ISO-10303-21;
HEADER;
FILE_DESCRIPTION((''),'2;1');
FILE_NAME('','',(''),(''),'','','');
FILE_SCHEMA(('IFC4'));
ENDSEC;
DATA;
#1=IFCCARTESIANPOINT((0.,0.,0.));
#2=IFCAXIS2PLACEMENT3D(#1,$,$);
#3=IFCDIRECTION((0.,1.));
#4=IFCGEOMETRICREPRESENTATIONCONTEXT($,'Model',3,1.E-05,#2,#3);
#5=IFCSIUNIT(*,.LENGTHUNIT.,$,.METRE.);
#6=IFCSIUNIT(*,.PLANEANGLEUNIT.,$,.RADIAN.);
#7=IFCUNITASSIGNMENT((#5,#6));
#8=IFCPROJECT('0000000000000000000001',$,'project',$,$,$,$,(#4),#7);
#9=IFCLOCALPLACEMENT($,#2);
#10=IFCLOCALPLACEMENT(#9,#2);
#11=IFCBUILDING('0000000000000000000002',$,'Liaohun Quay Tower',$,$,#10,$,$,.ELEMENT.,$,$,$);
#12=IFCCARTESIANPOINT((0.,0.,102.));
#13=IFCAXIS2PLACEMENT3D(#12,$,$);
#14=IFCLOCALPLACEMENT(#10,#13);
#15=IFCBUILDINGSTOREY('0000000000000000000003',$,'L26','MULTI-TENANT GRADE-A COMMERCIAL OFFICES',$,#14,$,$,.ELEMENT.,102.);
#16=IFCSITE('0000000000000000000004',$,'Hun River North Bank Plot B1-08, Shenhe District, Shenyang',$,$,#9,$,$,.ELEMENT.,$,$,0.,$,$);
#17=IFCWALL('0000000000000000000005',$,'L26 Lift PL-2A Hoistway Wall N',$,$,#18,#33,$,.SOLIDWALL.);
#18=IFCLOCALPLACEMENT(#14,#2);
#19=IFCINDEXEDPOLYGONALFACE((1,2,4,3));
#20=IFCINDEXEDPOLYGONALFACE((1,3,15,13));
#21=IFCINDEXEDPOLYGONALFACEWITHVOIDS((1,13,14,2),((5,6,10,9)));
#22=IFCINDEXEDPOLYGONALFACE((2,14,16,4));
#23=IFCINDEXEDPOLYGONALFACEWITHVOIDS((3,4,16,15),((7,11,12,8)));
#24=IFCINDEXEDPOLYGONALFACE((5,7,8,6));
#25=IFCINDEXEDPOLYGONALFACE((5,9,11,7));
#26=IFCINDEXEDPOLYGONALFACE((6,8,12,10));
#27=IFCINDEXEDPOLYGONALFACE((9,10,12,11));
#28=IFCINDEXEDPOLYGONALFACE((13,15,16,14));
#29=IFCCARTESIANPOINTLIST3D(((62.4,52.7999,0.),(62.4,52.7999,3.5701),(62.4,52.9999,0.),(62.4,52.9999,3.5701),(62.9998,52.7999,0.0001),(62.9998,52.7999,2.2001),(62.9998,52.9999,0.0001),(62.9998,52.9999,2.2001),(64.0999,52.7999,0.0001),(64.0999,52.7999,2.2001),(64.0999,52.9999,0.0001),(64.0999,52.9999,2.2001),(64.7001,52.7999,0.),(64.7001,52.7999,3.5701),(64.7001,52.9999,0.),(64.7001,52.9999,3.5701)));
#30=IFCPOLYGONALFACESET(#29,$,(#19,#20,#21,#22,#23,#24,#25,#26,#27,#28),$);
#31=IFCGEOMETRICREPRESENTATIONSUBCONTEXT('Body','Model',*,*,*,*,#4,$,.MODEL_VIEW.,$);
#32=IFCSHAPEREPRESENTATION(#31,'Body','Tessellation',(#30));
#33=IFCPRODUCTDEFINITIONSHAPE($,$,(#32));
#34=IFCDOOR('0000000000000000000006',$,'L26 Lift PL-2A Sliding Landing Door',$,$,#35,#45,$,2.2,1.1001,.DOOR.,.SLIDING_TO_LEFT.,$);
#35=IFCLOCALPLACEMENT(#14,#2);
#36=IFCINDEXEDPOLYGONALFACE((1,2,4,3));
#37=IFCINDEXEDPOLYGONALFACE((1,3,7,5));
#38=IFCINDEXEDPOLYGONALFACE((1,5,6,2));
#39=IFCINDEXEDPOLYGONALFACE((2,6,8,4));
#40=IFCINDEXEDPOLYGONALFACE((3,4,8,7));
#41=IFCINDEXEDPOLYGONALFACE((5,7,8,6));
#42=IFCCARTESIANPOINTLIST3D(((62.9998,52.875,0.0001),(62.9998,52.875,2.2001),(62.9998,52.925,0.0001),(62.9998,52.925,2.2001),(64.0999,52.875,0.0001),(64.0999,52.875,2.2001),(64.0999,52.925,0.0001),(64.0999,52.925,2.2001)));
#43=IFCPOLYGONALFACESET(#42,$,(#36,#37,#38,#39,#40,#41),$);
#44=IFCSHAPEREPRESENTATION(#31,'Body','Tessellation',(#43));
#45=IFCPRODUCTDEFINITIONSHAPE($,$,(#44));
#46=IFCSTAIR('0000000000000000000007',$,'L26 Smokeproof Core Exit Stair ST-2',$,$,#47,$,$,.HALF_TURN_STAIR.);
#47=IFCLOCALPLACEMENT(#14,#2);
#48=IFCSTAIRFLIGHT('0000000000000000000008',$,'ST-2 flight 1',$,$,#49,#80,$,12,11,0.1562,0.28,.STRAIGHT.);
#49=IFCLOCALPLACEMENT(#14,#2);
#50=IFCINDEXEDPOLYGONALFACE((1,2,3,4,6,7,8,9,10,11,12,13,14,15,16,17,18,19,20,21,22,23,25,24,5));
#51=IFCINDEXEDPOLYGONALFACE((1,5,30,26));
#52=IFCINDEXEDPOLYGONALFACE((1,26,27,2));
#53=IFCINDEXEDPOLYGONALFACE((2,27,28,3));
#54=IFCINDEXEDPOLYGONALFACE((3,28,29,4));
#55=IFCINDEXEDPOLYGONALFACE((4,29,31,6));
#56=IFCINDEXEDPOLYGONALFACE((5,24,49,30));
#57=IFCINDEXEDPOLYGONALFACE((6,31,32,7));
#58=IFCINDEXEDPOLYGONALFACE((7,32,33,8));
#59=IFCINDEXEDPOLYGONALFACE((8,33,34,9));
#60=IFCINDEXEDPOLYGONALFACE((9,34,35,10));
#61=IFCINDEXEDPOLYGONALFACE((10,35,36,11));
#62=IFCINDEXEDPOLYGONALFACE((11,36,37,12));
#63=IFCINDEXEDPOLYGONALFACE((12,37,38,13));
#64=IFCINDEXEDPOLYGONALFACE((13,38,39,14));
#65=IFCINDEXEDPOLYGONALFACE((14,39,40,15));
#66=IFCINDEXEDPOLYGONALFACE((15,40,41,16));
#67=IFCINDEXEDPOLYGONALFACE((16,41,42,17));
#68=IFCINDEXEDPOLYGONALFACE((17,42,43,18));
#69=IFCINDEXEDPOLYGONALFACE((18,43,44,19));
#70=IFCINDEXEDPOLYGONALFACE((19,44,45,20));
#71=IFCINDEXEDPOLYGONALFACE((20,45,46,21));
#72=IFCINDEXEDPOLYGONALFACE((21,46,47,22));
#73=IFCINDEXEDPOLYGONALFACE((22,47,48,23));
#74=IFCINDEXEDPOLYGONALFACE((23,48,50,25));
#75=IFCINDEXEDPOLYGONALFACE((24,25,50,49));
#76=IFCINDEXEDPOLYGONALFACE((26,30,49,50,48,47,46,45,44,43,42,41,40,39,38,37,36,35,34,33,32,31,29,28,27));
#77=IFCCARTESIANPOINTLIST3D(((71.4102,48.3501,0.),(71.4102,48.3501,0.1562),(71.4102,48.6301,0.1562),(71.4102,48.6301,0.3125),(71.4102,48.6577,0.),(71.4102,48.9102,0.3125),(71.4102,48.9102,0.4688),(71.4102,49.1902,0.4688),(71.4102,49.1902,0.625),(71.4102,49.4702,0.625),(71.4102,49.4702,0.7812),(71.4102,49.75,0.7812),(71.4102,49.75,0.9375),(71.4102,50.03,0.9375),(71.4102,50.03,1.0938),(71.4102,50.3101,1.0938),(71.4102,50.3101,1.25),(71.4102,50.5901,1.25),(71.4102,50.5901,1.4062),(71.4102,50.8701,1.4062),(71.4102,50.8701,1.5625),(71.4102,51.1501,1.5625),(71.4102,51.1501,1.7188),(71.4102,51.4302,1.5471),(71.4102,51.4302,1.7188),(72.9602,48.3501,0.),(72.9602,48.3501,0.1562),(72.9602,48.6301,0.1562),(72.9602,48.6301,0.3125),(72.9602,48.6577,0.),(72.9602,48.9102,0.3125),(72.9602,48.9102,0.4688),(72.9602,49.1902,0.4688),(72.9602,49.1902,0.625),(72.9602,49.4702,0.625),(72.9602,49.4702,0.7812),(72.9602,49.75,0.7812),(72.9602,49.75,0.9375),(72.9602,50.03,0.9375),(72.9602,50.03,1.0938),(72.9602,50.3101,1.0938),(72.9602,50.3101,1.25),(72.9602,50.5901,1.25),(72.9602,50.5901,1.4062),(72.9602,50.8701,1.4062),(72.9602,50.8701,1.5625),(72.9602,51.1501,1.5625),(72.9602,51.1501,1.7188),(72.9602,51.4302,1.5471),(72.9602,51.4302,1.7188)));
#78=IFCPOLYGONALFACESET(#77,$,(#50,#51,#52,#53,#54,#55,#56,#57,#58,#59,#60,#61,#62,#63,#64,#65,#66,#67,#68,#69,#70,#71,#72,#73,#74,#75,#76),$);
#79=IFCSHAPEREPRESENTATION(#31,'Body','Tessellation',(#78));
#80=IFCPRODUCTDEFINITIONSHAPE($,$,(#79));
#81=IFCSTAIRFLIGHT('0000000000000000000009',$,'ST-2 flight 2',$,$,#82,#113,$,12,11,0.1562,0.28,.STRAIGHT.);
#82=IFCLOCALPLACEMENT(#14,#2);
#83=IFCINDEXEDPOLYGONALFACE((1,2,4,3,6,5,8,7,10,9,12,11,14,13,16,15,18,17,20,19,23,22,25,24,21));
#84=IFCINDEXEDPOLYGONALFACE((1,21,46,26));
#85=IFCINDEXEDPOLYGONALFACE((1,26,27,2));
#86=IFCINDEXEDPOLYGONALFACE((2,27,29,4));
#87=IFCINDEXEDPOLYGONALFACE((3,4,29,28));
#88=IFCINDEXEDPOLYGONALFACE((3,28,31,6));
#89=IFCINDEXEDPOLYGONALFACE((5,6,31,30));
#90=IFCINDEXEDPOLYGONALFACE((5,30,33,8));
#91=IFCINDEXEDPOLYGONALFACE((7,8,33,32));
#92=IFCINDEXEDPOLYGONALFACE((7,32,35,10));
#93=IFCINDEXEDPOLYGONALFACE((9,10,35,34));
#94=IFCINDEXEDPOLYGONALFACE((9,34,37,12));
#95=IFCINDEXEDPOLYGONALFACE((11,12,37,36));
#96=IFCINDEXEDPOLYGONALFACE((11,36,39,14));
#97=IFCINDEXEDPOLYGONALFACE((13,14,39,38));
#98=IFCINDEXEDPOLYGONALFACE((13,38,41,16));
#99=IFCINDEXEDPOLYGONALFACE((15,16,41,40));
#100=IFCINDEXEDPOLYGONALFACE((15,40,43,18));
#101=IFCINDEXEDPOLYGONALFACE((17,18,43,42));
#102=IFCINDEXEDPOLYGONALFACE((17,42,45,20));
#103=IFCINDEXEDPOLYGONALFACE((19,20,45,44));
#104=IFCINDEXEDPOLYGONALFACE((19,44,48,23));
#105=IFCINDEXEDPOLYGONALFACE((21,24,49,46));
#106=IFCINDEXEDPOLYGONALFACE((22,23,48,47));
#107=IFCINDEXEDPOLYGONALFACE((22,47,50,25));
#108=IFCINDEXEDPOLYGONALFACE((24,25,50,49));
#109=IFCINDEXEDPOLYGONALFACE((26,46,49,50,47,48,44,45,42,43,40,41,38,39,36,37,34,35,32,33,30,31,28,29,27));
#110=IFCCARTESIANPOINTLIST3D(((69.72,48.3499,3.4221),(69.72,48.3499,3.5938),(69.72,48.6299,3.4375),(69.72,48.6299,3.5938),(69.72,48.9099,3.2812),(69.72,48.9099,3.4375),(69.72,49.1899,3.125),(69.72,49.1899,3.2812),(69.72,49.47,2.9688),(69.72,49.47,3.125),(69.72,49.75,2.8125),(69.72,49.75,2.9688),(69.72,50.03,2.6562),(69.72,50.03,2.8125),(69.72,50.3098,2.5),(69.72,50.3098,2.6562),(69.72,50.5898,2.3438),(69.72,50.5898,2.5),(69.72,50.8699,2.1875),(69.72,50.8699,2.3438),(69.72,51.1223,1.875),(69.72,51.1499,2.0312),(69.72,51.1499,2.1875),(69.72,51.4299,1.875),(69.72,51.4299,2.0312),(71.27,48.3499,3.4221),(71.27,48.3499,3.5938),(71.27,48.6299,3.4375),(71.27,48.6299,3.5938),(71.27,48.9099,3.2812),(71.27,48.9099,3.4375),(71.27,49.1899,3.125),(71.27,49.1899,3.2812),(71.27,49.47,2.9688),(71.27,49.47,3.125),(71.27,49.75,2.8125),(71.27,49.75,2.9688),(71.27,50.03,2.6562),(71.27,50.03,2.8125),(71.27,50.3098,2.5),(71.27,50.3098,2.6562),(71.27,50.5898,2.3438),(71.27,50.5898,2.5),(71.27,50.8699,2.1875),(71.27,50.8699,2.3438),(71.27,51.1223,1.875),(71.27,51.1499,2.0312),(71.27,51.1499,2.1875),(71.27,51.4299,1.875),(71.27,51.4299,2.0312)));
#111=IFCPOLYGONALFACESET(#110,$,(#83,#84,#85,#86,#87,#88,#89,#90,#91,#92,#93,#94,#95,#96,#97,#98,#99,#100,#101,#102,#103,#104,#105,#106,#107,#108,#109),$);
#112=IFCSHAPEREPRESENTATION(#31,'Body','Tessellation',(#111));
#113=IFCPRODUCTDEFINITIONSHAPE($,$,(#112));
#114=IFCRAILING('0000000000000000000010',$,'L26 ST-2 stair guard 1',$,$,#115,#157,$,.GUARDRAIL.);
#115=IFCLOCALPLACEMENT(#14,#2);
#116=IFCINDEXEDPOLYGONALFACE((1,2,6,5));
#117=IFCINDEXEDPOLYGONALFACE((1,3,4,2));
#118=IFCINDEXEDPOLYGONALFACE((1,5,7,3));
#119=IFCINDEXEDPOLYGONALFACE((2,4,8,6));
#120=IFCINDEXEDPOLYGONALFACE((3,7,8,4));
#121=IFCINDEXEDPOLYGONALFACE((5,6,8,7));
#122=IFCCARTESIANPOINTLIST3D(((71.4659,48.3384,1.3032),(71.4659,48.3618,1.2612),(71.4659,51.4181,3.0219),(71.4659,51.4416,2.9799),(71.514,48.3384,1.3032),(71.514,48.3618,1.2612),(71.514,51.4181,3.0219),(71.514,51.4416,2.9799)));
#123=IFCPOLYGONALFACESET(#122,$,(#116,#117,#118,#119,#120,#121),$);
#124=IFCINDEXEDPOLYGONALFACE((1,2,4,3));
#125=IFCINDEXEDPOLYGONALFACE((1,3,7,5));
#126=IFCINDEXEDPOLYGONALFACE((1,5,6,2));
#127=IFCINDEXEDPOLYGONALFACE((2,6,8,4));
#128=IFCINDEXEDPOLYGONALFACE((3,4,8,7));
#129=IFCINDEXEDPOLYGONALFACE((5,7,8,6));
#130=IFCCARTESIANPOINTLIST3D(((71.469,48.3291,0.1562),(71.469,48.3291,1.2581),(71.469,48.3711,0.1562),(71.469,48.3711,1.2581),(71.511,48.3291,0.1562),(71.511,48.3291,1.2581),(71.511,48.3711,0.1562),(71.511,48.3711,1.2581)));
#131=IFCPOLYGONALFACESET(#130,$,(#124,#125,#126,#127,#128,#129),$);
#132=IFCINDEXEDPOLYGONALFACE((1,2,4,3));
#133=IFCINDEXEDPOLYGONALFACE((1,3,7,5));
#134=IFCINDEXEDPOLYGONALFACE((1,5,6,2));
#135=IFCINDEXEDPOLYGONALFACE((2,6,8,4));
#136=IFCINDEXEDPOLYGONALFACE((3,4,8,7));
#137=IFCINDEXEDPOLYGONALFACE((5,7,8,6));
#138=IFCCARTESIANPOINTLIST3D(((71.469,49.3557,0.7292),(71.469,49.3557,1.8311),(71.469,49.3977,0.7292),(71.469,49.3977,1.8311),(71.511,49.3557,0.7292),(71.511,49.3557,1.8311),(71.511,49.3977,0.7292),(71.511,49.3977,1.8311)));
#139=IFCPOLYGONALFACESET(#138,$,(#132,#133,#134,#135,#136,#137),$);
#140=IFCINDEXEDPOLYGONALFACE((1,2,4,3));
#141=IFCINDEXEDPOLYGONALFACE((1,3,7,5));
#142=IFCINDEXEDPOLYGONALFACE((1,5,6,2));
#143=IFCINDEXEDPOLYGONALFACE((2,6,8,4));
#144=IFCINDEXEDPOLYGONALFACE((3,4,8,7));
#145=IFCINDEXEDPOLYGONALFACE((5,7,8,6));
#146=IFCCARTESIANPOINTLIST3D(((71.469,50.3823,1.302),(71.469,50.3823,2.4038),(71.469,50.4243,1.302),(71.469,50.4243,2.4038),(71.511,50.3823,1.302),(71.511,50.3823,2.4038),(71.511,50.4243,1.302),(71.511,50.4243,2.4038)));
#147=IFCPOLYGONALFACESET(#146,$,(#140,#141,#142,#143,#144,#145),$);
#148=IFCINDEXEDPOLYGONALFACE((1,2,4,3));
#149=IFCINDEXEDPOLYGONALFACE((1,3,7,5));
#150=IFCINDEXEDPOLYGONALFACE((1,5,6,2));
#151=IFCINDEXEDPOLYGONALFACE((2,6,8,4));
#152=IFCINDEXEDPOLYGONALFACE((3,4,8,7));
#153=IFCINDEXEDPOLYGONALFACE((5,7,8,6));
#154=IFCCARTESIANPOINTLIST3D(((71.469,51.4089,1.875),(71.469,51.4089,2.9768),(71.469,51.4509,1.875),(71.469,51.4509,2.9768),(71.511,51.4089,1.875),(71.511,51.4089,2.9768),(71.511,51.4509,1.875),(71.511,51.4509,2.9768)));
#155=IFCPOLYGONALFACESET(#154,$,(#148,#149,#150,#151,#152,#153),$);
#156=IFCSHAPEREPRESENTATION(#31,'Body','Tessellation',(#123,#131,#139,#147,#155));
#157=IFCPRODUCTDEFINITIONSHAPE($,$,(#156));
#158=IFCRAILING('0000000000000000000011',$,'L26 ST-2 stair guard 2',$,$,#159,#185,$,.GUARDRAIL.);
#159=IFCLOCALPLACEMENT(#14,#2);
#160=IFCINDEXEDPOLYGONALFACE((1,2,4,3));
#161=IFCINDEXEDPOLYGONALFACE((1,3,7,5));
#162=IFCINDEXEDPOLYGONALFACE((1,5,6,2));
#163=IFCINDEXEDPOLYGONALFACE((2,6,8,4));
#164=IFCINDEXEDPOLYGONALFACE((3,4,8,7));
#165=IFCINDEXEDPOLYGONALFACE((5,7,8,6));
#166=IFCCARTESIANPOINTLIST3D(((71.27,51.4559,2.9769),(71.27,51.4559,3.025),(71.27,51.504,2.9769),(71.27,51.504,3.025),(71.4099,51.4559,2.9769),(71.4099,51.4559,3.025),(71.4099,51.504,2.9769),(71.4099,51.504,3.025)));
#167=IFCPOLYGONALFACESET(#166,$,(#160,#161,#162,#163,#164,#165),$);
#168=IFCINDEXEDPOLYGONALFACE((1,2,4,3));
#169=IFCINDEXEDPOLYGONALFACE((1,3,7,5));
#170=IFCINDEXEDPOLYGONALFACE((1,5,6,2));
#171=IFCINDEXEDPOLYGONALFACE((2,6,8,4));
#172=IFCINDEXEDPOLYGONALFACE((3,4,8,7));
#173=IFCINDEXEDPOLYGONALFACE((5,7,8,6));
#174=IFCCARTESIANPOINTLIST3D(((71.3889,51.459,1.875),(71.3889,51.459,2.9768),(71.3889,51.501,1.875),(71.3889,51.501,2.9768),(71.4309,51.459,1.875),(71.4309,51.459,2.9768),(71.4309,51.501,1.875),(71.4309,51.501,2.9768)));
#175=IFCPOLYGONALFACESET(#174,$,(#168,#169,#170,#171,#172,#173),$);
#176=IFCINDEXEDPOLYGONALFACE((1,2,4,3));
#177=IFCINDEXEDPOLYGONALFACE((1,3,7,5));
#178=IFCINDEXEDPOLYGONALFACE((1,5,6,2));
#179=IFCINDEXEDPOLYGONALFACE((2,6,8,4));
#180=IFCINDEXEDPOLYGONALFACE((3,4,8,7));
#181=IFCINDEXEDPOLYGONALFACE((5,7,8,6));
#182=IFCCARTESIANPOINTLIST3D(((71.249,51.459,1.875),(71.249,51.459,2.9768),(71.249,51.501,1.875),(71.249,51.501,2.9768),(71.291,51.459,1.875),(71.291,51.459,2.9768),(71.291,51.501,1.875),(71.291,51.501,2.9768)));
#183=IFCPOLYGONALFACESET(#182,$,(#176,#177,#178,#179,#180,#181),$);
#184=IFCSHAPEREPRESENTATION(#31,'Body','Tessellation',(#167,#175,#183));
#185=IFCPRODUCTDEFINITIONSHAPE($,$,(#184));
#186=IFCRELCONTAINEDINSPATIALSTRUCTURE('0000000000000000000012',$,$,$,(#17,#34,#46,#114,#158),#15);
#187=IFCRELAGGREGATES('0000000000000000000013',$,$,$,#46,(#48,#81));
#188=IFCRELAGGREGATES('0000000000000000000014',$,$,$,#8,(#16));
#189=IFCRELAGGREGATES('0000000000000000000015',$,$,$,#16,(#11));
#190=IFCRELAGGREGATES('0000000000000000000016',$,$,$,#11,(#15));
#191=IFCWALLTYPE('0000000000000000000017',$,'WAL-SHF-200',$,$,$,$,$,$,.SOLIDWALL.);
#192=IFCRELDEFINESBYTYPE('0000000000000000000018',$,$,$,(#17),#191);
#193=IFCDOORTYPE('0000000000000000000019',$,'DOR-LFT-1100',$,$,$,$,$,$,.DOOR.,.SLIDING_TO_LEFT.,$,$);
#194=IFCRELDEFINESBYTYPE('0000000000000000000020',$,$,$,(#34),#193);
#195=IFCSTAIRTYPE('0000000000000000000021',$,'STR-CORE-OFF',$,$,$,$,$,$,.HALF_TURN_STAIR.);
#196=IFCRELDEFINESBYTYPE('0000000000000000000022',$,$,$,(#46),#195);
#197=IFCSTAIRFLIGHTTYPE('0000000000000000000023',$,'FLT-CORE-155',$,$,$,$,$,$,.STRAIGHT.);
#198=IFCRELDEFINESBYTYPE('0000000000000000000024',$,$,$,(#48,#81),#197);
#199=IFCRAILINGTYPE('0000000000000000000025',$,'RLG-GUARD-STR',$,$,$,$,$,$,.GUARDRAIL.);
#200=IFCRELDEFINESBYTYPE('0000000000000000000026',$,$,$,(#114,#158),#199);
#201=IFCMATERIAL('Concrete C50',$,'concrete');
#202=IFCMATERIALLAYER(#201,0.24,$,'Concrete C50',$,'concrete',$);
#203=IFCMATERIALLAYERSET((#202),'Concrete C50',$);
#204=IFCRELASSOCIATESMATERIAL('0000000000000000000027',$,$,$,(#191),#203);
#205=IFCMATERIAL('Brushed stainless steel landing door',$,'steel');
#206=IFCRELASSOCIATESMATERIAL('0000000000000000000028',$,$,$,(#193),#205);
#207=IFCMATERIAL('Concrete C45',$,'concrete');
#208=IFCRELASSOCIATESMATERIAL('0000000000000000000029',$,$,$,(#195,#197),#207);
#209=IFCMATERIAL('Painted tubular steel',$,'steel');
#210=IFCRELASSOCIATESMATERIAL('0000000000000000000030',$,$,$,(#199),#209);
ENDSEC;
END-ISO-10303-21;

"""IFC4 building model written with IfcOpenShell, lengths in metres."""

from ifc_helpers import new_model, si_unit, direction, frame, frame_2d, origin, origin_2d, place, context, subcontext, project, spatial, polyline, rectangle, outline, extrude, source, transform, mapped, material, layer, layer_set, type_object, element, fill, aggregate, save


model = new_model("IFC4")

# Units and contexts
model_context = context("Model", 3, precision=1e-05, world=origin(), true_north=direction((0.0, 1.0)))
body_context = subcontext(model_context, "Body", "Model", "MODEL_VIEW")
ifc_project = project(units=[si_unit("LENGTHUNIT", "METRE"), si_unit("PLANEANGLEUNIT", "RADIAN")], contexts=[model_context])

# Site, building, storey
site_placement = place(None, origin())
site = spatial("IfcSite", under=ifc_project, at=site_placement, Name="Hun River North Bank Plot B1-08, Shenhe District, Shenyang", CompositionType="ELEMENT", RefElevation=0.0)
building_placement = place(site_placement, origin())
building = spatial("IfcBuilding", under=site, at=building_placement, Name="Liaohun Quay Tower", CompositionType="ELEMENT")
storey_placement = place(building_placement, frame((0.0, 0.0, 102.0)))
storey = spatial("IfcBuildingStorey", under=building, at=storey_placement, Name="L26", Description="MULTI-TENANT GRADE-A COMMERCIAL OFFICES", CompositionType="ELEMENT", Elevation=102.0)

# Shared definitions
ifc_material_1 = material(Name="Concrete C50", Category="concrete")
ifc_layer_1 = layer(ifc_material_1, 0.24, Name="Concrete C50", Category="concrete")
ifc_layer_set_1 = layer_set([ifc_layer_1], Name="Concrete C50")
wall_type_1 = type_object("IfcWallType", Name="WAL-SHF-200", PredefinedType="SOLIDWALL", material=ifc_layer_set_1)

# Wall, opening, door
wall_1_placement = place(storey_placement, frame((64.7, 52.8999, 0.0), z_axis=(0.0, 0.0, 1.0), x_axis=(-1.0, 0.0, 0.0)))
wall_1 = element("IfcWall", 1, at=wall_1_placement, inside=storey, type_object=wall_type_1, Name="L26 Lift PL-2A Hoistway Wall N", PredefinedType="SOLIDWALL", context=body_context, shape_type="SweptSolid", body=[
    extrude(rectangle(XDim=2.3, YDim=0.2, at=frame_2d((1.1499, 0.0))), origin(), (0.0, 0.0, 1.0), 3.5701),
])
shared_shape_1 = source(origin(), body_context, "Body", "SweptSolid", [
    extrude(rectangle(XDim=1.1001, YDim=2.2, at=frame_2d((0.55, 1.1001))), frame((0.0, 0.1099, 0.0), z_axis=(0.0, -1.0, 0.0), x_axis=(1.0, 0.0, 0.0)), (0.0, 0.0, 1.0), 0.22),
])
opening_1_placement = place(wall_1_placement, frame((0.6001, 0.0, 0.0)))
opening_1 = element("IfcOpeningElement", 2, at=opening_1_placement, cuts=wall_1, PredefinedType="OPENING", context=body_context, shape_type="MappedRepresentation", body=[
    mapped(shared_shape_1, transform((0.0, 0.0, 0.0), x_axis=(1.0, 0.0, 0.0), y_axis=(0.0, 1.0, 0.0), z_axis=(0.0, 0.0, 1.0), scale=1.0)),
])
ifc_material_2 = material(Name="Brushed stainless steel landing door", Category="steel")
door_type_1 = type_object("IfcDoorType", Name="DOR-LFT-1100", OperationType="SLIDING_TO_LEFT", PredefinedType="DOOR", material=ifc_material_2)
shared_shape_2 = source(origin(), body_context, "Body", "SweptSolid", [
    extrude(rectangle(XDim=1.1001, YDim=2.2, at=frame_2d((0.55, 1.1001))), frame((0.0, 0.0249, 0.0), z_axis=(0.0, -1.0, 0.0), x_axis=(1.0, 0.0, 0.0)), (0.0, 0.0, 1.0), 0.05),
])
door_1_placement = place(opening_1_placement, origin())
door_1 = element("IfcDoor", 3, at=door_1_placement, inside=storey, type_object=door_type_1, Name="L26 Lift PL-2A Sliding Landing Door", OperationType="SLIDING_TO_LEFT", OverallHeight=2.2, OverallWidth=1.1001, PredefinedType="DOOR", context=body_context, shape_type="MappedRepresentation", body=[
    mapped(shared_shape_2, transform((0.0, 0.0, 0.0), x_axis=(1.0, 0.0, 0.0), y_axis=(0.0, 1.0, 0.0), z_axis=(0.0, 0.0, 1.0), scale=1.0)),
])
fill(opening_1, door_1)

# Stair, stair flights
ifc_material_3 = material(Name="Concrete C45", Category="concrete")
stair_type = type_object("IfcStairType", Name="STR-CORE-OFF", PredefinedType="HALF_TURN_STAIR", material=ifc_material_3)
stair_placement = place(storey_placement, origin())
stair = element("IfcStair", 4, at=stair_placement, inside=storey, type_object=stair_type, Name="L26 Smokeproof Core Exit Stair ST-2", PredefinedType="HALF_TURN_STAIR")
stair_flight_type = type_object("IfcStairFlightType", Name="FLT-CORE-155", PredefinedType="STRAIGHT", material=ifc_material_3)
stair_flight_1_placement = place(storey_placement, frame((72.1851, 48.3501, 0.0), z_axis=(0.0, 0.0, 1.0), x_axis=(0.0, 1.0, 0.0)))
stair_flight_1 = element("IfcStairFlight", 5, at=stair_flight_1_placement, type_object=stair_flight_type, Name="ST-2 flight 1", NumberOfRisers=12, NumberOfTreads=11, PredefinedType="STRAIGHT", RiserHeight=0.1562, TreadLength=0.28, context=body_context, shape_type="SweptSolid", body=[
    extrude(outline(polyline([(0.0, 0.0), (0.0, 0.1562), (0.28, 0.1562), (0.28, 0.3125), (0.5601, 0.3125), (0.5601, 0.4688), (0.8401, 0.4688), (0.8401, 0.625), (1.1201, 0.625), (1.1201, 0.7812), (1.3999, 0.7812), (1.3999, 0.9375), (1.6799, 0.9375), (1.6799, 1.0938), (1.96, 1.0938), (1.96, 1.25), (2.24, 1.25), (2.24, 1.4062), (2.52, 1.4062), (2.52, 1.5625), (2.8, 1.5625), (2.8, 1.7188), (3.0801, 1.7188), (3.0801, 1.875), (3.0801, 1.5471), (0.3076, 0.0), (0.0, 0.0)])), frame((0.0, 0.7749, 0.0), z_axis=(0.0, -1.0, 0.0), x_axis=(1.0, 0.0, 0.0)), (0.0, 0.0, 1.0), 1.55),
])
stair_flight_2_placement = place(storey_placement, frame((70.4951, 51.4299, 1.875), z_axis=(0.0, 0.0, 1.0), x_axis=(0.0, -1.0, 0.0)))
stair_flight_2 = element("IfcStairFlight", 6, at=stair_flight_2_placement, type_object=stair_flight_type, Name="ST-2 flight 2", NumberOfRisers=12, NumberOfTreads=11, PredefinedType="STRAIGHT", RiserHeight=0.1562, TreadLength=0.28, context=body_context, shape_type="SweptSolid", body=[
    extrude(outline(polyline([(0.0, 0.0), (0.0, 0.1562), (0.28, 0.1562), (0.28, 0.3125), (0.5601, 0.3125), (0.5601, 0.4688), (0.8401, 0.4688), (0.8401, 0.625), (1.1201, 0.625), (1.1201, 0.7812), (1.3999, 0.7812), (1.3999, 0.9375), (1.6799, 0.9375), (1.6799, 1.0938), (1.96, 1.0938), (1.96, 1.25), (2.24, 1.25), (2.24, 1.4062), (2.52, 1.4062), (2.52, 1.5625), (2.8, 1.5625), (2.8, 1.7188), (3.0801, 1.7188), (3.0801, 1.875), (3.0801, 1.5471), (0.3076, 0.0), (0.0, 0.0)])), frame((0.0, 0.7749, 0.0), z_axis=(0.0, -1.0, 0.0), x_axis=(1.0, 0.0, 0.0)), (0.0, 0.0, 1.0), 1.55),
])
aggregate(stair, [stair_flight_1, stair_flight_2])

# Railings
ifc_material_4 = material(Name="Painted tubular steel", Category="steel")
railing_type_1 = type_object("IfcRailingType", Name="RLG-GUARD-STR", PredefinedType="GUARDRAIL", material=ifc_material_4)
railing_1_placement = place(storey_placement, frame((71.49, 48.3501, 0.1562)))
element("IfcRailing", 7, at=railing_1_placement, inside=storey, type_object=railing_type_1, Name="L26 ST-2 stair guard 1", PredefinedType="GUARDRAIL", context=body_context, shape_type="SweptSolid", body=[
    extrude(rectangle(XDim=0.0481, YDim=0.0481, at=origin_2d()), frame((0.0, 0.0, 1.126), z_axis=(0.0, 0.873225, 0.487317), x_axis=(-1.0, 0.0, 0.0)), (0.0, 0.0, 1.0), 3.5269),
    extrude(rectangle(XDim=0.042, YDim=0.042, at=origin_2d()), origin(), (0.0, 0.0, 1.0), 1.1018),
    extrude(rectangle(XDim=0.042, YDim=0.042, at=origin_2d()), frame((0.0, 1.0266, 0.573)), (0.0, 0.0, 1.0), 1.1018),
    extrude(rectangle(XDim=0.042, YDim=0.042, at=origin_2d()), frame((0.0, 2.0532, 1.1458)), (0.0, 0.0, 1.0), 1.1018),
    extrude(rectangle(XDim=0.042, YDim=0.042, at=origin_2d()), frame((0.0, 3.0798, 1.7188)), (0.0, 0.0, 1.0), 1.1018),
])
railing_2_placement = place(storey_placement, frame((71.4099, 51.48, 1.875)))
element("IfcRailing", 8, at=railing_2_placement, inside=storey, type_object=railing_type_1, Name="L26 ST-2 stair guard 2", PredefinedType="GUARDRAIL", context=body_context, shape_type="SweptSolid", body=[
    extrude(rectangle(XDim=0.0481, YDim=0.0481, at=origin_2d()), frame((0.0, 0.0, 1.126), z_axis=(-1.0, 0.0, 0.0), x_axis=(0.0, -1.0, 0.0)), (0.0, 0.0, 1.0), 0.1399),
    extrude(rectangle(XDim=0.042, YDim=0.042, at=origin_2d()), origin(), (0.0, 0.0, 1.0), 1.1018),
    extrude(rectangle(XDim=0.042, YDim=0.042, at=origin_2d()), frame((-0.1399, 0.0, 0.0)), (0.0, 0.0, 1.0), 1.1018),
])

save(model, "model.ifc")
